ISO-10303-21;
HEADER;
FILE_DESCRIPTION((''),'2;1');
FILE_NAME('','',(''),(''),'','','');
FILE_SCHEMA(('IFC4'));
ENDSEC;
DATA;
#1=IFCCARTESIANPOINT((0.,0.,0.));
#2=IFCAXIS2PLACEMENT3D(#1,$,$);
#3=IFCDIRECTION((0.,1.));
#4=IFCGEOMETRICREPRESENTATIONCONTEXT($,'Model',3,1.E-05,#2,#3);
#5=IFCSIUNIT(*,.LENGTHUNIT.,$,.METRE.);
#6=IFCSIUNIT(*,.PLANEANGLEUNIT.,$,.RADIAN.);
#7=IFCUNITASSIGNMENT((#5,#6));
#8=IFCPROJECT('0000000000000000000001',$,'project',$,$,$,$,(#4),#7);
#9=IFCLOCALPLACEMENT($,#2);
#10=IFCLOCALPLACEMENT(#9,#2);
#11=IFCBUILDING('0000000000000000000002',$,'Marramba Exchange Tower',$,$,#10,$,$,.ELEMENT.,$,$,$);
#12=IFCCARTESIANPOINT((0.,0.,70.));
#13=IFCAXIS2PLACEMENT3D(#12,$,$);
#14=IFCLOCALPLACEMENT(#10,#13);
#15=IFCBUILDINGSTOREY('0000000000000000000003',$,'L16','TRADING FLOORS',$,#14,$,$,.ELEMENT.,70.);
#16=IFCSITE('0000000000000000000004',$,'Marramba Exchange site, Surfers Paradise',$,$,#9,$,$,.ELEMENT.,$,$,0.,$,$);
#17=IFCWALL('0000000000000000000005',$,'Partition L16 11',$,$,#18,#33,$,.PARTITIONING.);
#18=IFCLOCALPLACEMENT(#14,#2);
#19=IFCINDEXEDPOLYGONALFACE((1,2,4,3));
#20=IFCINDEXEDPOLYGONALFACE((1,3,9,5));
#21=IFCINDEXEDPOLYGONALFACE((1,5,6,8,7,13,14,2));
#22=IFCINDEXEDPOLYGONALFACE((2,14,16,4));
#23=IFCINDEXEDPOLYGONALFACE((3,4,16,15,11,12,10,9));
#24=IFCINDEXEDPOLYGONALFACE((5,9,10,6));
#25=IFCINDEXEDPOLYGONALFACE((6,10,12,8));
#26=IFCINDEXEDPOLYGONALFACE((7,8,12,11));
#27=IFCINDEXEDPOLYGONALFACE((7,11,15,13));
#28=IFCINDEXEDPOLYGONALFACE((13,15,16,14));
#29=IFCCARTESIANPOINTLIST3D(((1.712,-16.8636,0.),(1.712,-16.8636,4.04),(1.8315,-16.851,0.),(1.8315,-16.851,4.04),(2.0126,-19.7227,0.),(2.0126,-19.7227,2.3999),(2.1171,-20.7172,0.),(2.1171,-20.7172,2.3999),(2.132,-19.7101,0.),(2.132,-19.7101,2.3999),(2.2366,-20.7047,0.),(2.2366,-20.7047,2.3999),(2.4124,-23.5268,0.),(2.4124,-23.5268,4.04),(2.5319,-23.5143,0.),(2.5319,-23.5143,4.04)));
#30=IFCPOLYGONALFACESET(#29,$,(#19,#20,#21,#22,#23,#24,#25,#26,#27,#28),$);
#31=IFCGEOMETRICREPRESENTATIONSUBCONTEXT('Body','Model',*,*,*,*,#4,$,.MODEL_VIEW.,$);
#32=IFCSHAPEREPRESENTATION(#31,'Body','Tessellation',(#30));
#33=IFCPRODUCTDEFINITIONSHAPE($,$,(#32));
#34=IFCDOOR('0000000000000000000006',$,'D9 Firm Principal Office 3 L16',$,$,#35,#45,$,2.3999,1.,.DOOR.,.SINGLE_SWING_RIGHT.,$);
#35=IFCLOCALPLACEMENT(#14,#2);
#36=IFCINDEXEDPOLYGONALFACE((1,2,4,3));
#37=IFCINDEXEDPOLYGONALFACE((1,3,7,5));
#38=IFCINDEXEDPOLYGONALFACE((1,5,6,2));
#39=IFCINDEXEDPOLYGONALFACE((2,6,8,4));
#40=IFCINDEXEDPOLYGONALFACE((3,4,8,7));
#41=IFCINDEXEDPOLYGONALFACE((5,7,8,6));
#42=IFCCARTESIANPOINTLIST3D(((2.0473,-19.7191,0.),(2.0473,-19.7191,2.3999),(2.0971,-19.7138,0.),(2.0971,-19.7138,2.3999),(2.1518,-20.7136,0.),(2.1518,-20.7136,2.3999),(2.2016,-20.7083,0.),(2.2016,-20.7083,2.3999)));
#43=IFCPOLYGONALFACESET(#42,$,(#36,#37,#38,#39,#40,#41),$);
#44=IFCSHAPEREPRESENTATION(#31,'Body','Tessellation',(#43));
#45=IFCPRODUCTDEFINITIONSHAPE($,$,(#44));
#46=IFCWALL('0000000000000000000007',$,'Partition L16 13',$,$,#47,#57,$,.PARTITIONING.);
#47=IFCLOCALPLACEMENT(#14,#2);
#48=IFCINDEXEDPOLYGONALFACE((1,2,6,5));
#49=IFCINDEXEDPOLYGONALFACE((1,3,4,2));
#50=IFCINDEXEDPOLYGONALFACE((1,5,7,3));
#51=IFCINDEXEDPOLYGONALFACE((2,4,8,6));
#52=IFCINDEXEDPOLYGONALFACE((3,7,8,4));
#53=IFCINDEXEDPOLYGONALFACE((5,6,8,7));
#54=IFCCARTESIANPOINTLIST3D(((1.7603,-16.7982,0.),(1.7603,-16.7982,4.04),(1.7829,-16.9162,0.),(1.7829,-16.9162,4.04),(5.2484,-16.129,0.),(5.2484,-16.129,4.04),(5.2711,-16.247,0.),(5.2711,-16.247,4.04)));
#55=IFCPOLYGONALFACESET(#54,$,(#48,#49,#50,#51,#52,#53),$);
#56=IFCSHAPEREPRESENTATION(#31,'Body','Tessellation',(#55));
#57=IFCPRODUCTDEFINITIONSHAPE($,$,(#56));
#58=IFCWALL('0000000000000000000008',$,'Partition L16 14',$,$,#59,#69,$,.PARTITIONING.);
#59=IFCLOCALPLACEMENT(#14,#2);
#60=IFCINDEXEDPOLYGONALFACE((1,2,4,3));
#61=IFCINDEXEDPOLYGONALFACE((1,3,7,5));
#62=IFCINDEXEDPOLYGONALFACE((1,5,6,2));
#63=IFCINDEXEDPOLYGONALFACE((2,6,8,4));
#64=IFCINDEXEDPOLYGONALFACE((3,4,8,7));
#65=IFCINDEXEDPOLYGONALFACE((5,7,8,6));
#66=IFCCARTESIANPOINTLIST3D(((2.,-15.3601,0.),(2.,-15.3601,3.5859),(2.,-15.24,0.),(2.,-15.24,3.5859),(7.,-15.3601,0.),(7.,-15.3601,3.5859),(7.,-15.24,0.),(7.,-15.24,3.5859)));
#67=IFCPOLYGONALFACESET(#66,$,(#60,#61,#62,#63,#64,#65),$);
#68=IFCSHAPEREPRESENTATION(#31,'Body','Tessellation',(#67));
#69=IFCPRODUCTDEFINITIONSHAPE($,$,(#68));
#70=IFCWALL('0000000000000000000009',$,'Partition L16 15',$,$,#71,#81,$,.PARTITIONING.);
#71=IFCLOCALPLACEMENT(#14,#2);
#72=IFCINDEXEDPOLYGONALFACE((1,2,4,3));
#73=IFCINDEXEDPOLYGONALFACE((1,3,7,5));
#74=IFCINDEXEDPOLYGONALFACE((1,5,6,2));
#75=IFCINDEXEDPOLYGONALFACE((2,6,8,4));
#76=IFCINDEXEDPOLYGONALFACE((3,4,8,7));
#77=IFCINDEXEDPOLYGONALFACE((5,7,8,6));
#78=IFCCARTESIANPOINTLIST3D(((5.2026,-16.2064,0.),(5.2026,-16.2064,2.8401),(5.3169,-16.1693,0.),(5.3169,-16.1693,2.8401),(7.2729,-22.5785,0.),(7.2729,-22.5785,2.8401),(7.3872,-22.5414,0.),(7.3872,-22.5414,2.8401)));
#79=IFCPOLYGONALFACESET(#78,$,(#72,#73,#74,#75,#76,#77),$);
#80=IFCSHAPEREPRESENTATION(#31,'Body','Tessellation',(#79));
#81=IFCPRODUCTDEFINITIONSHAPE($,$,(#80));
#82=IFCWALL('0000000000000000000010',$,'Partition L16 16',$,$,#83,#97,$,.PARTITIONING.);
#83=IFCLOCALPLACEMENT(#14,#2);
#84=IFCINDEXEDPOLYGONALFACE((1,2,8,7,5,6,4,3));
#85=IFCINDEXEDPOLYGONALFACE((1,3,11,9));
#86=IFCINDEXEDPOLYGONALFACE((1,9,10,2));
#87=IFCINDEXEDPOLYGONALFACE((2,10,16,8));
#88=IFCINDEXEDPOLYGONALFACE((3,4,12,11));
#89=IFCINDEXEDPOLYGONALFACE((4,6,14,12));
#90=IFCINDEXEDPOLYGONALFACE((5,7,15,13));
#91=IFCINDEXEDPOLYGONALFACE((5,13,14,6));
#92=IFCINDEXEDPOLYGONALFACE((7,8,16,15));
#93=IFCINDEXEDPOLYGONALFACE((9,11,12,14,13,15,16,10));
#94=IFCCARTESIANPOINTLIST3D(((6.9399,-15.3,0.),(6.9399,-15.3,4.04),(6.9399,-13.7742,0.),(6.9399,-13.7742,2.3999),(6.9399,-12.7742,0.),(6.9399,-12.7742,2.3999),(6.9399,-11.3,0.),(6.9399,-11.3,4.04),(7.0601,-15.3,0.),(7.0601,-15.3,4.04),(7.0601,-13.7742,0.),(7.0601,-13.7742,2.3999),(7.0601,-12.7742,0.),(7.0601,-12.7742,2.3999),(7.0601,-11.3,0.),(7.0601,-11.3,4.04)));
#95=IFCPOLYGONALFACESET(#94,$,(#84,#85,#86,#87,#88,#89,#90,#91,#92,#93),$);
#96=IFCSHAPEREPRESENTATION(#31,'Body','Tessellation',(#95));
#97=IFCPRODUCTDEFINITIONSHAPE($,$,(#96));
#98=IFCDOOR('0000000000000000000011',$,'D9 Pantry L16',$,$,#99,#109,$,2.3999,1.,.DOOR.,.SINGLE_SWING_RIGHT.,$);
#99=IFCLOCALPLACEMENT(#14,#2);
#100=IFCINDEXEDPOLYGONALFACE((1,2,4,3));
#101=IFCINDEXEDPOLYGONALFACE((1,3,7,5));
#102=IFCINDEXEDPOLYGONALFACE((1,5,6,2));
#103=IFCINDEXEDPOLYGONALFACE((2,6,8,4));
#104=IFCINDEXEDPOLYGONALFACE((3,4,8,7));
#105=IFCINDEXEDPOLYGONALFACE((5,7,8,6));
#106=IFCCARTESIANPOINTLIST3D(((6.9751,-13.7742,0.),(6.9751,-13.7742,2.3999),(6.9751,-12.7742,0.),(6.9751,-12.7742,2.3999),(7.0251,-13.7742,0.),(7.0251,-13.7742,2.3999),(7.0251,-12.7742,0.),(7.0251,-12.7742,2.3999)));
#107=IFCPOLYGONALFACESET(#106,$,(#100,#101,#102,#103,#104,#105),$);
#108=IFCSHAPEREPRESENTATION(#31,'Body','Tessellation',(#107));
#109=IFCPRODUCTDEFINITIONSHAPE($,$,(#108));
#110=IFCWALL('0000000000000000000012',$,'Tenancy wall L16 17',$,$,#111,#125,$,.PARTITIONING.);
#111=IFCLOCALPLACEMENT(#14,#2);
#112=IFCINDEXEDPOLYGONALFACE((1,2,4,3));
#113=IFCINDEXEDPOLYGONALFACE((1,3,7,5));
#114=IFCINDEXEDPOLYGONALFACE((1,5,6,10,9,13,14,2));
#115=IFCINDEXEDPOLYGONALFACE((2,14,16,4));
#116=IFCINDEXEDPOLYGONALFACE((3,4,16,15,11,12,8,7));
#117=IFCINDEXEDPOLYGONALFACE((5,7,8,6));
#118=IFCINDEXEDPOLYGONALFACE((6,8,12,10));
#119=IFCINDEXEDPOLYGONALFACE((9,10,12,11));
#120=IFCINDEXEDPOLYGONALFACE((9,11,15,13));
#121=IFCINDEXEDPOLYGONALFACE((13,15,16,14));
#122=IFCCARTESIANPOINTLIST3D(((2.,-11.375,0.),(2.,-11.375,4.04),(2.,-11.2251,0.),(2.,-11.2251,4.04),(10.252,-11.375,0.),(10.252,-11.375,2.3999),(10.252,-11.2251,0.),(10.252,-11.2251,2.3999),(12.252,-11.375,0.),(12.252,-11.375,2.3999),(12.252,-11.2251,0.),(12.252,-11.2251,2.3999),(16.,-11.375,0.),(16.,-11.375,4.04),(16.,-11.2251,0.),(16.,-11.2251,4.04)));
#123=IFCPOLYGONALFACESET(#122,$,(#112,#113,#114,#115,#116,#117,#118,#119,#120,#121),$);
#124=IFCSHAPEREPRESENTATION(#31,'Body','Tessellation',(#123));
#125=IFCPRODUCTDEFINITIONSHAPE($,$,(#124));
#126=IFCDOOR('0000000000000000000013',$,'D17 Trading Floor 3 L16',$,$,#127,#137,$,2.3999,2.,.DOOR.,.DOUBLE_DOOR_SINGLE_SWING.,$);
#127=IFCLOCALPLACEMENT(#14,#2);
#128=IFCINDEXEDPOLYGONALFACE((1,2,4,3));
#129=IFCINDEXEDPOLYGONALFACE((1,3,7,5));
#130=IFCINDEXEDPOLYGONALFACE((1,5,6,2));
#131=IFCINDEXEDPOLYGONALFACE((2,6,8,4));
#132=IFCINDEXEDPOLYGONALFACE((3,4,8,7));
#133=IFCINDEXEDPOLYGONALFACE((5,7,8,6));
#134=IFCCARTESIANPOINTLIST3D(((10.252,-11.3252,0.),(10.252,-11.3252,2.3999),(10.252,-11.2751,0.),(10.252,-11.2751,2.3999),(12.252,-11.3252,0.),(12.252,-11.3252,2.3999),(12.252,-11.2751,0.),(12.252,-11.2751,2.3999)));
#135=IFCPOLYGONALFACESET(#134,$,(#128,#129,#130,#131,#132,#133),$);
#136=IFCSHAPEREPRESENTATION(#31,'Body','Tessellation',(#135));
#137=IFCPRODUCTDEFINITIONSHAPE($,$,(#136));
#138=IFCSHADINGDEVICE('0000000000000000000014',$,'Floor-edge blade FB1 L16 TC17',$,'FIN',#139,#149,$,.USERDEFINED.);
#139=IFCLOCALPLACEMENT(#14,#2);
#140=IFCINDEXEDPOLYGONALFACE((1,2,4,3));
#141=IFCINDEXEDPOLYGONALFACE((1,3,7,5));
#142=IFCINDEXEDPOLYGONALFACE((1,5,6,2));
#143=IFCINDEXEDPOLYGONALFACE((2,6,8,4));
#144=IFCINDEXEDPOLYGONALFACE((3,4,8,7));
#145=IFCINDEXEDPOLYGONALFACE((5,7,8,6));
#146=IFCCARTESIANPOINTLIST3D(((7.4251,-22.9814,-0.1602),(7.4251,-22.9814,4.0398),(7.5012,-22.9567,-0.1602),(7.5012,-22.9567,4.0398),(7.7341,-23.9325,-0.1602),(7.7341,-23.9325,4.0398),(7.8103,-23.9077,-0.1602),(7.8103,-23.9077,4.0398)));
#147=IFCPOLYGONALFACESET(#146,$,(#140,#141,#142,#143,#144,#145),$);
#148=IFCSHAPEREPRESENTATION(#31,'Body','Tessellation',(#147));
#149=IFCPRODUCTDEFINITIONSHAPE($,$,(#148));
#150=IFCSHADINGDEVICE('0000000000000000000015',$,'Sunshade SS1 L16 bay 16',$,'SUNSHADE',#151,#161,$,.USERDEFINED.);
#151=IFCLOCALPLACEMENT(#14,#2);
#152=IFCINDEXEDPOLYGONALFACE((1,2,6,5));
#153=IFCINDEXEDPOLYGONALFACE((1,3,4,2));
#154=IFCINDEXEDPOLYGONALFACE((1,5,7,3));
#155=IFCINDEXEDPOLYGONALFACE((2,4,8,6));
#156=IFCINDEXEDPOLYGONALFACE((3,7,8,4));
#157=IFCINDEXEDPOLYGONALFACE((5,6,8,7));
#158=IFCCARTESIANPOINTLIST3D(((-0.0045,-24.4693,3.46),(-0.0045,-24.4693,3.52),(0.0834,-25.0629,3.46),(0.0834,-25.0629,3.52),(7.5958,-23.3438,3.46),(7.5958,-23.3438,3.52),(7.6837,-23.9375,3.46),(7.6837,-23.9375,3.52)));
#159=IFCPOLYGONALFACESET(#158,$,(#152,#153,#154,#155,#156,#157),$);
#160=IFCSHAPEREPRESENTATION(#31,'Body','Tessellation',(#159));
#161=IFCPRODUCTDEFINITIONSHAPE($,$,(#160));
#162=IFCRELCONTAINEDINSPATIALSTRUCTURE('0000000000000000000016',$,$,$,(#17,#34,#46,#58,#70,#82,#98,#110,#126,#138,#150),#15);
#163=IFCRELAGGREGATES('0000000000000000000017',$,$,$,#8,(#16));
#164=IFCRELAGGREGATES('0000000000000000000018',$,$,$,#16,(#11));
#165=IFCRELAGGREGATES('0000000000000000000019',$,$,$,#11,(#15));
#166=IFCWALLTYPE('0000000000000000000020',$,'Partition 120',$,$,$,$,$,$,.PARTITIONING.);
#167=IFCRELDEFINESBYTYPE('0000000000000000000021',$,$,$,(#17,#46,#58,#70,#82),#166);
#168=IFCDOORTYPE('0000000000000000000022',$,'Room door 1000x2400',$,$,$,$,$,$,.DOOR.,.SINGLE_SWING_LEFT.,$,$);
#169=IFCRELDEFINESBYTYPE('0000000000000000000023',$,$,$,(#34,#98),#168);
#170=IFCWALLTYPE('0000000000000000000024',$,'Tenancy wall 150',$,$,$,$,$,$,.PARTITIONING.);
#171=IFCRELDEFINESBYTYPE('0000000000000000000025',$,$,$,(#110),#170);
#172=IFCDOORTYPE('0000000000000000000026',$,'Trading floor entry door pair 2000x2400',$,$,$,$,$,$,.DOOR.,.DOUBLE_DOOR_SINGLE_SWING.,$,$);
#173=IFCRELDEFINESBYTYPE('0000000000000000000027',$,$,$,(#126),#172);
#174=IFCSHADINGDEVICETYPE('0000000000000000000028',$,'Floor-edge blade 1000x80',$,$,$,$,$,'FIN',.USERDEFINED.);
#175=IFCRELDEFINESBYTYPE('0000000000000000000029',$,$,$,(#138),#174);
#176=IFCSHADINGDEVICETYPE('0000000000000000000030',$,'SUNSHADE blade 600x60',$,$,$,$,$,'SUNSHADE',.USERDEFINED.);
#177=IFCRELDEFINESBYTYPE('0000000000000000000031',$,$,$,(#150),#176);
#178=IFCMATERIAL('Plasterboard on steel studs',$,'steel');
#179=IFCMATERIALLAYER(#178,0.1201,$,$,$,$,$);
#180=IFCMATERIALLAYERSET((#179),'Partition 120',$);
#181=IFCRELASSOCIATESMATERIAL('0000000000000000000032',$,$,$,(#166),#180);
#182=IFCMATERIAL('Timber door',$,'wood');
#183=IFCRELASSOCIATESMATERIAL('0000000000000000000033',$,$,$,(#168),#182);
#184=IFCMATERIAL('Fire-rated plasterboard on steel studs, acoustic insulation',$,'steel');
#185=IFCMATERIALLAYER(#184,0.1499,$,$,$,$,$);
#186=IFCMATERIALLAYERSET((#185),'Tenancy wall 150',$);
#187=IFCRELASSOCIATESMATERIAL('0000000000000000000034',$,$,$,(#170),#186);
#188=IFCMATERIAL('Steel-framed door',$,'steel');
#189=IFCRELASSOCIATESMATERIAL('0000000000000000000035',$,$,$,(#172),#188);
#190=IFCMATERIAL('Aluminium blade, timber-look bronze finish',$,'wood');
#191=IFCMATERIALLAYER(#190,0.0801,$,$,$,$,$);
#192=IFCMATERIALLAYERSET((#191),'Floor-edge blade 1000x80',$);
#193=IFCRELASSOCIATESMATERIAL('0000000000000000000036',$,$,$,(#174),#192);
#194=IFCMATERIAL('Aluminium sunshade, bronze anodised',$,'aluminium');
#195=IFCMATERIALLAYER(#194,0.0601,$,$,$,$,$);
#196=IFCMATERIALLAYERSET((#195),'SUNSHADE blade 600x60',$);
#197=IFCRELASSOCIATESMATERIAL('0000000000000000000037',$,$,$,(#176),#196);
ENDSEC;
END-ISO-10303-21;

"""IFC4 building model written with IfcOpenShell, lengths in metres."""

from ifc_helpers import new_model, si_unit, direction, frame, frame_2d, origin, origin_2d, place, context, subcontext, project, spatial, rectangle, extrude, material, layer, layer_set, type_object, element, fill, save


model = new_model("IFC4")

# Units and contexts
model_context = context("Model", 3, precision=1e-05, world=origin(), true_north=direction((0.0, 1.0)))
body_context = subcontext(model_context, "Body", "Model", "MODEL_VIEW")
ifc_project = project(units=[si_unit("LENGTHUNIT", "METRE"), si_unit("PLANEANGLEUNIT", "RADIAN")], contexts=[model_context])

# Site, building, storey
site_placement = place(None, origin())
site = spatial("IfcSite", under=ifc_project, at=site_placement, Name="Marramba Exchange site, Surfers Paradise", CompositionType="ELEMENT", RefElevation=0.0)
building_placement = place(site_placement, origin())
building = spatial("IfcBuilding", under=site, at=building_placement, Name="Marramba Exchange Tower", CompositionType="ELEMENT")
storey_placement = place(building_placement, frame((0.0, 0.0, 70.0)))
storey = spatial("IfcBuildingStorey", under=building, at=storey_placement, Name="L16", Description="TRADING FLOORS", CompositionType="ELEMENT", Elevation=70.0)

# Wall, opening, door
ifc_material_1 = material(Name="Plasterboard on steel studs", Category="steel")
ifc_layer_1 = layer(ifc_material_1, 0.1201)
ifc_layer_set_1 = layer_set([ifc_layer_1], Name="Partition 120")
wall_type_1 = type_object("IfcWallType", Name="Partition 120", PredefinedType="PARTITIONING", material=ifc_layer_set_1)
wall_1_placement = place(storey_placement, frame((1.7717, -16.8572, 0.0), z_axis=(0.0, 0.0, 1.0), x_axis=(0.104543, -0.99452, 0.0)))
wall_1 = element("IfcWall", 1, at=wall_1_placement, inside=storey, type_object=wall_type_1, Name="Partition L16 11", PredefinedType="PARTITIONING", context=body_context, shape_type="SweptSolid", body=[
    extrude(rectangle(XDim=6.7, YDim=0.1201, at=frame_2d((3.3501, 0.0))), origin(), (0.0, 0.0, 1.0), 4.04),
])
opening_1_placement = place(wall_1_placement, frame((2.875, 0.0, 0.0)))
opening_1 = element("IfcOpeningElement", 2, at=opening_1_placement, cuts=wall_1, PredefinedType="OPENING", context=body_context, shape_type="SweptSolid", body=[
    extrude(rectangle(XDim=1.0, YDim=2.3999, at=frame_2d((0.5, 1.2))), frame((0.0, 0.0701, 0.0), z_axis=(0.0, -1.0, 0.0), x_axis=(1.0, 0.0, 0.0)), (0.0, 0.0, 1.0), 0.1401),
])
ifc_material_2 = material(Name="Timber door", Category="wood")
door_type_1 = type_object("IfcDoorType", Name="Room door 1000x2400", OperationType="SINGLE_SWING_LEFT", PredefinedType="DOOR", material=ifc_material_2)
door_1_placement = place(opening_1_placement, origin())
door_1 = element("IfcDoor", 3, at=door_1_placement, inside=storey, type_object=door_type_1, Name="D9 Firm Principal Office 3 L16", OperationType="SINGLE_SWING_RIGHT", OverallHeight=2.3999, OverallWidth=1.0, PredefinedType="DOOR", context=body_context, shape_type="SweptSolid", body=[
    extrude(rectangle(XDim=1.0, YDim=2.3999, at=frame_2d((0.5, 1.2))), frame((0.0, 0.0249, 0.0), z_axis=(0.0, -1.0, 0.0), x_axis=(1.0, 0.0, 0.0)), (0.0, 0.0, 1.0), 0.05),
])
fill(opening_1, door_1)

# Walls
wall_2_placement = place(storey_placement, frame((5.2598, -16.188, 0.0), z_axis=(0.0, 0.0, 1.0), x_axis=(-0.982089, -0.188416, 0.0)))
element("IfcWall", 4, at=wall_2_placement, inside=storey, type_object=wall_type_1, Name="Partition L16 13", PredefinedType="PARTITIONING", context=body_context, shape_type="SweptSolid", body=[
    extrude(rectangle(XDim=3.5518, YDim=0.1201, at=frame_2d((1.7759, 0.0))), origin(), (0.0, 0.0, 1.0), 4.04),
])
wall_3_placement = place(storey_placement, frame((2.0, -15.3, 0.0), z_axis=(0.0, 0.0, 1.0), x_axis=(1.0, 0.0, 0.0)))
element("IfcWall", 5, at=wall_3_placement, inside=storey, type_object=wall_type_1, Name="Partition L16 14", PredefinedType="PARTITIONING", context=body_context, shape_type="SweptSolid", body=[
    extrude(rectangle(XDim=5.0, YDim=0.1201, at=frame_2d((2.5, 0.0))), origin(), (0.0, 0.0, 1.0), 3.5859),
])
wall_4_placement = place(storey_placement, frame((7.3301, -22.5601, 0.0), z_axis=(0.0, 0.0, 1.0), x_axis=(-0.309004, 0.951061, 0.0)))
element("IfcWall", 6, at=wall_4_placement, inside=storey, type_object=wall_type_1, Name="Partition L16 15", PredefinedType="PARTITIONING", context=body_context, shape_type="SweptSolid", body=[
    extrude(rectangle(XDim=6.7, YDim=0.1201, at=frame_2d((3.3501, 0.0))), origin(), (0.0, 0.0, 1.0), 2.8401),
])

# Walls, openings, doors
wall_5_placement = place(storey_placement, frame((7.0, -15.3, 0.0), z_axis=(0.0, 0.0, 1.0), x_axis=(0.0, 1.0, 0.0)))
wall_5 = element("IfcWall", 7, at=wall_5_placement, inside=storey, type_object=wall_type_1, Name="Partition L16 16", PredefinedType="PARTITIONING", context=body_context, shape_type="SweptSolid", body=[
    extrude(rectangle(XDim=4.0, YDim=0.1201, at=frame_2d((2.0, 0.0))), origin(), (0.0, 0.0, 1.0), 4.04),
])
opening_2_placement = place(wall_5_placement, frame((1.5259, 0.0, 0.0)))
opening_2 = element("IfcOpeningElement", 8, at=opening_2_placement, cuts=wall_5, PredefinedType="OPENING", context=body_context, shape_type="SweptSolid", body=[
    extrude(rectangle(XDim=1.0, YDim=2.3999, at=frame_2d((0.5, 1.2))), frame((0.0, 0.0701, 0.0), z_axis=(0.0, -1.0, 0.0), x_axis=(1.0, 0.0, 0.0)), (0.0, 0.0, 1.0), 0.1401),
])
door_2_placement = place(opening_2_placement, origin())
door_2 = element("IfcDoor", 9, at=door_2_placement, inside=storey, type_object=door_type_1, Name="D9 Pantry L16", OperationType="SINGLE_SWING_RIGHT", OverallHeight=2.3999, OverallWidth=1.0, PredefinedType="DOOR", context=body_context, shape_type="SweptSolid", body=[
    extrude(rectangle(XDim=1.0, YDim=2.3999, at=frame_2d((0.5, 1.2))), frame((0.0, 0.0249, 0.0), z_axis=(0.0, -1.0, 0.0), x_axis=(1.0, 0.0, 0.0)), (0.0, 0.0, 1.0), 0.05),
])
fill(opening_2, door_2)
ifc_material_3 = material(Name="Fire-rated plasterboard on steel studs, acoustic insulation", Category="steel")
ifc_layer_2 = layer(ifc_material_3, 0.1499)
ifc_layer_set_2 = layer_set([ifc_layer_2], Name="Tenancy wall 150")
wall_type_2 = type_object("IfcWallType", Name="Tenancy wall 150", PredefinedType="PARTITIONING", material=ifc_layer_set_2)
wall_6_placement = place(storey_placement, frame((2.0, -11.3, 0.0), z_axis=(0.0, 0.0, 1.0), x_axis=(1.0, 0.0, 0.0)))
wall_6 = element("IfcWall", 10, at=wall_6_placement, inside=storey, type_object=wall_type_2, Name="Tenancy wall L16 17", PredefinedType="PARTITIONING", context=body_context, shape_type="SweptSolid", body=[
    extrude(rectangle(XDim=14.0, YDim=0.1499, at=frame_2d((7.0, 0.0))), origin(), (0.0, 0.0, 1.0), 4.04),
])
opening_3_placement = place(wall_6_placement, frame((8.252, 0.0, 0.0)))
opening_3 = element("IfcOpeningElement", 11, at=opening_3_placement, cuts=wall_6, PredefinedType="OPENING", context=body_context, shape_type="SweptSolid", body=[
    extrude(rectangle(XDim=2.0, YDim=2.3999, at=frame_2d((1.0, 1.2))), frame((0.0, 0.085, 0.0), z_axis=(0.0, -1.0, 0.0), x_axis=(1.0, 0.0, 0.0)), (0.0, 0.0, 1.0), 0.1699),
])
ifc_material_4 = material(Name="Steel-framed door", Category="steel")
door_type_2 = type_object("IfcDoorType", Name="Trading floor entry door pair 2000x2400", OperationType="DOUBLE_DOOR_SINGLE_SWING", PredefinedType="DOOR", material=ifc_material_4)
door_3_placement = place(opening_3_placement, origin())
door_3 = element("IfcDoor", 12, at=door_3_placement, inside=storey, type_object=door_type_2, Name="D17 Trading Floor 3 L16", OperationType="DOUBLE_DOOR_SINGLE_SWING", OverallHeight=2.3999, OverallWidth=2.0, PredefinedType="DOOR", context=body_context, shape_type="SweptSolid", body=[
    extrude(rectangle(XDim=2.0, YDim=2.3999, at=frame_2d((1.0, 1.2))), frame((0.0, 0.0249, 0.0), z_axis=(0.0, -1.0, 0.0), x_axis=(1.0, 0.0, 0.0)), (0.0, 0.0, 1.0), 0.05),
])
fill(opening_3, door_3)

# Shading devices
ifc_material_5 = material(Name="Aluminium blade, timber-look bronze finish", Category="wood")
ifc_layer_3 = layer(ifc_material_5, 0.0801)
ifc_layer_set_3 = layer_set([ifc_layer_3], Name="Floor-edge blade 1000x80")
shading_device_type_1 = type_object("IfcShadingDeviceType", Name="Floor-edge blade 1000x80", ElementType="FIN", PredefinedType="USERDEFINED", material=ifc_layer_set_3)
shading_device_1_placement = place(storey_placement, frame((7.6177, -23.4446, -0.1602), z_axis=(0.0, 0.0, 1.0), x_axis=(0.309017, -0.951057, 0.0)))
element("IfcShadingDevice", 13, at=shading_device_1_placement, inside=storey, type_object=shading_device_type_1, Name="Floor-edge blade FB1 L16 TC17", ObjectType="FIN", PredefinedType="USERDEFINED", context=body_context, shape_type="SweptSolid", body=[
    extrude(rectangle(XDim=1.0, YDim=0.0801, at=origin_2d()), origin(), (0.0, 0.0, 1.0), 4.2),
])
ifc_material_6 = material(Name="Aluminium sunshade, bronze anodised", Category="aluminium")
ifc_layer_4 = layer(ifc_material_6, 0.0601)
ifc_layer_set_4 = layer_set([ifc_layer_4], Name="SUNSHADE blade 600x60")
shading_device_type_2 = type_object("IfcShadingDeviceType", Name="SUNSHADE blade 600x60", ElementType="SUNSHADE", PredefinedType="USERDEFINED", material=ifc_layer_set_4)
shading_device_2_placement = place(storey_placement, frame((3.8396, -24.2034, 3.46), z_axis=(0.0, 0.0, 1.0), x_axis=(0.989213, 0.146485, 0.0)))
element("IfcShadingDevice", 14, at=shading_device_2_placement, inside=storey, type_object=shading_device_type_2, Name="Sunshade SS1 L16 bay 16", ObjectType="SUNSHADE", PredefinedType="USERDEFINED", context=body_context, shape_type="SweptSolid", body=[
    extrude(rectangle(XDim=7.6831, YDim=0.6001, at=origin_2d()), origin(), (0.0, 0.0, 1.0), 0.0601),
])

save(model, "model.ifc")
